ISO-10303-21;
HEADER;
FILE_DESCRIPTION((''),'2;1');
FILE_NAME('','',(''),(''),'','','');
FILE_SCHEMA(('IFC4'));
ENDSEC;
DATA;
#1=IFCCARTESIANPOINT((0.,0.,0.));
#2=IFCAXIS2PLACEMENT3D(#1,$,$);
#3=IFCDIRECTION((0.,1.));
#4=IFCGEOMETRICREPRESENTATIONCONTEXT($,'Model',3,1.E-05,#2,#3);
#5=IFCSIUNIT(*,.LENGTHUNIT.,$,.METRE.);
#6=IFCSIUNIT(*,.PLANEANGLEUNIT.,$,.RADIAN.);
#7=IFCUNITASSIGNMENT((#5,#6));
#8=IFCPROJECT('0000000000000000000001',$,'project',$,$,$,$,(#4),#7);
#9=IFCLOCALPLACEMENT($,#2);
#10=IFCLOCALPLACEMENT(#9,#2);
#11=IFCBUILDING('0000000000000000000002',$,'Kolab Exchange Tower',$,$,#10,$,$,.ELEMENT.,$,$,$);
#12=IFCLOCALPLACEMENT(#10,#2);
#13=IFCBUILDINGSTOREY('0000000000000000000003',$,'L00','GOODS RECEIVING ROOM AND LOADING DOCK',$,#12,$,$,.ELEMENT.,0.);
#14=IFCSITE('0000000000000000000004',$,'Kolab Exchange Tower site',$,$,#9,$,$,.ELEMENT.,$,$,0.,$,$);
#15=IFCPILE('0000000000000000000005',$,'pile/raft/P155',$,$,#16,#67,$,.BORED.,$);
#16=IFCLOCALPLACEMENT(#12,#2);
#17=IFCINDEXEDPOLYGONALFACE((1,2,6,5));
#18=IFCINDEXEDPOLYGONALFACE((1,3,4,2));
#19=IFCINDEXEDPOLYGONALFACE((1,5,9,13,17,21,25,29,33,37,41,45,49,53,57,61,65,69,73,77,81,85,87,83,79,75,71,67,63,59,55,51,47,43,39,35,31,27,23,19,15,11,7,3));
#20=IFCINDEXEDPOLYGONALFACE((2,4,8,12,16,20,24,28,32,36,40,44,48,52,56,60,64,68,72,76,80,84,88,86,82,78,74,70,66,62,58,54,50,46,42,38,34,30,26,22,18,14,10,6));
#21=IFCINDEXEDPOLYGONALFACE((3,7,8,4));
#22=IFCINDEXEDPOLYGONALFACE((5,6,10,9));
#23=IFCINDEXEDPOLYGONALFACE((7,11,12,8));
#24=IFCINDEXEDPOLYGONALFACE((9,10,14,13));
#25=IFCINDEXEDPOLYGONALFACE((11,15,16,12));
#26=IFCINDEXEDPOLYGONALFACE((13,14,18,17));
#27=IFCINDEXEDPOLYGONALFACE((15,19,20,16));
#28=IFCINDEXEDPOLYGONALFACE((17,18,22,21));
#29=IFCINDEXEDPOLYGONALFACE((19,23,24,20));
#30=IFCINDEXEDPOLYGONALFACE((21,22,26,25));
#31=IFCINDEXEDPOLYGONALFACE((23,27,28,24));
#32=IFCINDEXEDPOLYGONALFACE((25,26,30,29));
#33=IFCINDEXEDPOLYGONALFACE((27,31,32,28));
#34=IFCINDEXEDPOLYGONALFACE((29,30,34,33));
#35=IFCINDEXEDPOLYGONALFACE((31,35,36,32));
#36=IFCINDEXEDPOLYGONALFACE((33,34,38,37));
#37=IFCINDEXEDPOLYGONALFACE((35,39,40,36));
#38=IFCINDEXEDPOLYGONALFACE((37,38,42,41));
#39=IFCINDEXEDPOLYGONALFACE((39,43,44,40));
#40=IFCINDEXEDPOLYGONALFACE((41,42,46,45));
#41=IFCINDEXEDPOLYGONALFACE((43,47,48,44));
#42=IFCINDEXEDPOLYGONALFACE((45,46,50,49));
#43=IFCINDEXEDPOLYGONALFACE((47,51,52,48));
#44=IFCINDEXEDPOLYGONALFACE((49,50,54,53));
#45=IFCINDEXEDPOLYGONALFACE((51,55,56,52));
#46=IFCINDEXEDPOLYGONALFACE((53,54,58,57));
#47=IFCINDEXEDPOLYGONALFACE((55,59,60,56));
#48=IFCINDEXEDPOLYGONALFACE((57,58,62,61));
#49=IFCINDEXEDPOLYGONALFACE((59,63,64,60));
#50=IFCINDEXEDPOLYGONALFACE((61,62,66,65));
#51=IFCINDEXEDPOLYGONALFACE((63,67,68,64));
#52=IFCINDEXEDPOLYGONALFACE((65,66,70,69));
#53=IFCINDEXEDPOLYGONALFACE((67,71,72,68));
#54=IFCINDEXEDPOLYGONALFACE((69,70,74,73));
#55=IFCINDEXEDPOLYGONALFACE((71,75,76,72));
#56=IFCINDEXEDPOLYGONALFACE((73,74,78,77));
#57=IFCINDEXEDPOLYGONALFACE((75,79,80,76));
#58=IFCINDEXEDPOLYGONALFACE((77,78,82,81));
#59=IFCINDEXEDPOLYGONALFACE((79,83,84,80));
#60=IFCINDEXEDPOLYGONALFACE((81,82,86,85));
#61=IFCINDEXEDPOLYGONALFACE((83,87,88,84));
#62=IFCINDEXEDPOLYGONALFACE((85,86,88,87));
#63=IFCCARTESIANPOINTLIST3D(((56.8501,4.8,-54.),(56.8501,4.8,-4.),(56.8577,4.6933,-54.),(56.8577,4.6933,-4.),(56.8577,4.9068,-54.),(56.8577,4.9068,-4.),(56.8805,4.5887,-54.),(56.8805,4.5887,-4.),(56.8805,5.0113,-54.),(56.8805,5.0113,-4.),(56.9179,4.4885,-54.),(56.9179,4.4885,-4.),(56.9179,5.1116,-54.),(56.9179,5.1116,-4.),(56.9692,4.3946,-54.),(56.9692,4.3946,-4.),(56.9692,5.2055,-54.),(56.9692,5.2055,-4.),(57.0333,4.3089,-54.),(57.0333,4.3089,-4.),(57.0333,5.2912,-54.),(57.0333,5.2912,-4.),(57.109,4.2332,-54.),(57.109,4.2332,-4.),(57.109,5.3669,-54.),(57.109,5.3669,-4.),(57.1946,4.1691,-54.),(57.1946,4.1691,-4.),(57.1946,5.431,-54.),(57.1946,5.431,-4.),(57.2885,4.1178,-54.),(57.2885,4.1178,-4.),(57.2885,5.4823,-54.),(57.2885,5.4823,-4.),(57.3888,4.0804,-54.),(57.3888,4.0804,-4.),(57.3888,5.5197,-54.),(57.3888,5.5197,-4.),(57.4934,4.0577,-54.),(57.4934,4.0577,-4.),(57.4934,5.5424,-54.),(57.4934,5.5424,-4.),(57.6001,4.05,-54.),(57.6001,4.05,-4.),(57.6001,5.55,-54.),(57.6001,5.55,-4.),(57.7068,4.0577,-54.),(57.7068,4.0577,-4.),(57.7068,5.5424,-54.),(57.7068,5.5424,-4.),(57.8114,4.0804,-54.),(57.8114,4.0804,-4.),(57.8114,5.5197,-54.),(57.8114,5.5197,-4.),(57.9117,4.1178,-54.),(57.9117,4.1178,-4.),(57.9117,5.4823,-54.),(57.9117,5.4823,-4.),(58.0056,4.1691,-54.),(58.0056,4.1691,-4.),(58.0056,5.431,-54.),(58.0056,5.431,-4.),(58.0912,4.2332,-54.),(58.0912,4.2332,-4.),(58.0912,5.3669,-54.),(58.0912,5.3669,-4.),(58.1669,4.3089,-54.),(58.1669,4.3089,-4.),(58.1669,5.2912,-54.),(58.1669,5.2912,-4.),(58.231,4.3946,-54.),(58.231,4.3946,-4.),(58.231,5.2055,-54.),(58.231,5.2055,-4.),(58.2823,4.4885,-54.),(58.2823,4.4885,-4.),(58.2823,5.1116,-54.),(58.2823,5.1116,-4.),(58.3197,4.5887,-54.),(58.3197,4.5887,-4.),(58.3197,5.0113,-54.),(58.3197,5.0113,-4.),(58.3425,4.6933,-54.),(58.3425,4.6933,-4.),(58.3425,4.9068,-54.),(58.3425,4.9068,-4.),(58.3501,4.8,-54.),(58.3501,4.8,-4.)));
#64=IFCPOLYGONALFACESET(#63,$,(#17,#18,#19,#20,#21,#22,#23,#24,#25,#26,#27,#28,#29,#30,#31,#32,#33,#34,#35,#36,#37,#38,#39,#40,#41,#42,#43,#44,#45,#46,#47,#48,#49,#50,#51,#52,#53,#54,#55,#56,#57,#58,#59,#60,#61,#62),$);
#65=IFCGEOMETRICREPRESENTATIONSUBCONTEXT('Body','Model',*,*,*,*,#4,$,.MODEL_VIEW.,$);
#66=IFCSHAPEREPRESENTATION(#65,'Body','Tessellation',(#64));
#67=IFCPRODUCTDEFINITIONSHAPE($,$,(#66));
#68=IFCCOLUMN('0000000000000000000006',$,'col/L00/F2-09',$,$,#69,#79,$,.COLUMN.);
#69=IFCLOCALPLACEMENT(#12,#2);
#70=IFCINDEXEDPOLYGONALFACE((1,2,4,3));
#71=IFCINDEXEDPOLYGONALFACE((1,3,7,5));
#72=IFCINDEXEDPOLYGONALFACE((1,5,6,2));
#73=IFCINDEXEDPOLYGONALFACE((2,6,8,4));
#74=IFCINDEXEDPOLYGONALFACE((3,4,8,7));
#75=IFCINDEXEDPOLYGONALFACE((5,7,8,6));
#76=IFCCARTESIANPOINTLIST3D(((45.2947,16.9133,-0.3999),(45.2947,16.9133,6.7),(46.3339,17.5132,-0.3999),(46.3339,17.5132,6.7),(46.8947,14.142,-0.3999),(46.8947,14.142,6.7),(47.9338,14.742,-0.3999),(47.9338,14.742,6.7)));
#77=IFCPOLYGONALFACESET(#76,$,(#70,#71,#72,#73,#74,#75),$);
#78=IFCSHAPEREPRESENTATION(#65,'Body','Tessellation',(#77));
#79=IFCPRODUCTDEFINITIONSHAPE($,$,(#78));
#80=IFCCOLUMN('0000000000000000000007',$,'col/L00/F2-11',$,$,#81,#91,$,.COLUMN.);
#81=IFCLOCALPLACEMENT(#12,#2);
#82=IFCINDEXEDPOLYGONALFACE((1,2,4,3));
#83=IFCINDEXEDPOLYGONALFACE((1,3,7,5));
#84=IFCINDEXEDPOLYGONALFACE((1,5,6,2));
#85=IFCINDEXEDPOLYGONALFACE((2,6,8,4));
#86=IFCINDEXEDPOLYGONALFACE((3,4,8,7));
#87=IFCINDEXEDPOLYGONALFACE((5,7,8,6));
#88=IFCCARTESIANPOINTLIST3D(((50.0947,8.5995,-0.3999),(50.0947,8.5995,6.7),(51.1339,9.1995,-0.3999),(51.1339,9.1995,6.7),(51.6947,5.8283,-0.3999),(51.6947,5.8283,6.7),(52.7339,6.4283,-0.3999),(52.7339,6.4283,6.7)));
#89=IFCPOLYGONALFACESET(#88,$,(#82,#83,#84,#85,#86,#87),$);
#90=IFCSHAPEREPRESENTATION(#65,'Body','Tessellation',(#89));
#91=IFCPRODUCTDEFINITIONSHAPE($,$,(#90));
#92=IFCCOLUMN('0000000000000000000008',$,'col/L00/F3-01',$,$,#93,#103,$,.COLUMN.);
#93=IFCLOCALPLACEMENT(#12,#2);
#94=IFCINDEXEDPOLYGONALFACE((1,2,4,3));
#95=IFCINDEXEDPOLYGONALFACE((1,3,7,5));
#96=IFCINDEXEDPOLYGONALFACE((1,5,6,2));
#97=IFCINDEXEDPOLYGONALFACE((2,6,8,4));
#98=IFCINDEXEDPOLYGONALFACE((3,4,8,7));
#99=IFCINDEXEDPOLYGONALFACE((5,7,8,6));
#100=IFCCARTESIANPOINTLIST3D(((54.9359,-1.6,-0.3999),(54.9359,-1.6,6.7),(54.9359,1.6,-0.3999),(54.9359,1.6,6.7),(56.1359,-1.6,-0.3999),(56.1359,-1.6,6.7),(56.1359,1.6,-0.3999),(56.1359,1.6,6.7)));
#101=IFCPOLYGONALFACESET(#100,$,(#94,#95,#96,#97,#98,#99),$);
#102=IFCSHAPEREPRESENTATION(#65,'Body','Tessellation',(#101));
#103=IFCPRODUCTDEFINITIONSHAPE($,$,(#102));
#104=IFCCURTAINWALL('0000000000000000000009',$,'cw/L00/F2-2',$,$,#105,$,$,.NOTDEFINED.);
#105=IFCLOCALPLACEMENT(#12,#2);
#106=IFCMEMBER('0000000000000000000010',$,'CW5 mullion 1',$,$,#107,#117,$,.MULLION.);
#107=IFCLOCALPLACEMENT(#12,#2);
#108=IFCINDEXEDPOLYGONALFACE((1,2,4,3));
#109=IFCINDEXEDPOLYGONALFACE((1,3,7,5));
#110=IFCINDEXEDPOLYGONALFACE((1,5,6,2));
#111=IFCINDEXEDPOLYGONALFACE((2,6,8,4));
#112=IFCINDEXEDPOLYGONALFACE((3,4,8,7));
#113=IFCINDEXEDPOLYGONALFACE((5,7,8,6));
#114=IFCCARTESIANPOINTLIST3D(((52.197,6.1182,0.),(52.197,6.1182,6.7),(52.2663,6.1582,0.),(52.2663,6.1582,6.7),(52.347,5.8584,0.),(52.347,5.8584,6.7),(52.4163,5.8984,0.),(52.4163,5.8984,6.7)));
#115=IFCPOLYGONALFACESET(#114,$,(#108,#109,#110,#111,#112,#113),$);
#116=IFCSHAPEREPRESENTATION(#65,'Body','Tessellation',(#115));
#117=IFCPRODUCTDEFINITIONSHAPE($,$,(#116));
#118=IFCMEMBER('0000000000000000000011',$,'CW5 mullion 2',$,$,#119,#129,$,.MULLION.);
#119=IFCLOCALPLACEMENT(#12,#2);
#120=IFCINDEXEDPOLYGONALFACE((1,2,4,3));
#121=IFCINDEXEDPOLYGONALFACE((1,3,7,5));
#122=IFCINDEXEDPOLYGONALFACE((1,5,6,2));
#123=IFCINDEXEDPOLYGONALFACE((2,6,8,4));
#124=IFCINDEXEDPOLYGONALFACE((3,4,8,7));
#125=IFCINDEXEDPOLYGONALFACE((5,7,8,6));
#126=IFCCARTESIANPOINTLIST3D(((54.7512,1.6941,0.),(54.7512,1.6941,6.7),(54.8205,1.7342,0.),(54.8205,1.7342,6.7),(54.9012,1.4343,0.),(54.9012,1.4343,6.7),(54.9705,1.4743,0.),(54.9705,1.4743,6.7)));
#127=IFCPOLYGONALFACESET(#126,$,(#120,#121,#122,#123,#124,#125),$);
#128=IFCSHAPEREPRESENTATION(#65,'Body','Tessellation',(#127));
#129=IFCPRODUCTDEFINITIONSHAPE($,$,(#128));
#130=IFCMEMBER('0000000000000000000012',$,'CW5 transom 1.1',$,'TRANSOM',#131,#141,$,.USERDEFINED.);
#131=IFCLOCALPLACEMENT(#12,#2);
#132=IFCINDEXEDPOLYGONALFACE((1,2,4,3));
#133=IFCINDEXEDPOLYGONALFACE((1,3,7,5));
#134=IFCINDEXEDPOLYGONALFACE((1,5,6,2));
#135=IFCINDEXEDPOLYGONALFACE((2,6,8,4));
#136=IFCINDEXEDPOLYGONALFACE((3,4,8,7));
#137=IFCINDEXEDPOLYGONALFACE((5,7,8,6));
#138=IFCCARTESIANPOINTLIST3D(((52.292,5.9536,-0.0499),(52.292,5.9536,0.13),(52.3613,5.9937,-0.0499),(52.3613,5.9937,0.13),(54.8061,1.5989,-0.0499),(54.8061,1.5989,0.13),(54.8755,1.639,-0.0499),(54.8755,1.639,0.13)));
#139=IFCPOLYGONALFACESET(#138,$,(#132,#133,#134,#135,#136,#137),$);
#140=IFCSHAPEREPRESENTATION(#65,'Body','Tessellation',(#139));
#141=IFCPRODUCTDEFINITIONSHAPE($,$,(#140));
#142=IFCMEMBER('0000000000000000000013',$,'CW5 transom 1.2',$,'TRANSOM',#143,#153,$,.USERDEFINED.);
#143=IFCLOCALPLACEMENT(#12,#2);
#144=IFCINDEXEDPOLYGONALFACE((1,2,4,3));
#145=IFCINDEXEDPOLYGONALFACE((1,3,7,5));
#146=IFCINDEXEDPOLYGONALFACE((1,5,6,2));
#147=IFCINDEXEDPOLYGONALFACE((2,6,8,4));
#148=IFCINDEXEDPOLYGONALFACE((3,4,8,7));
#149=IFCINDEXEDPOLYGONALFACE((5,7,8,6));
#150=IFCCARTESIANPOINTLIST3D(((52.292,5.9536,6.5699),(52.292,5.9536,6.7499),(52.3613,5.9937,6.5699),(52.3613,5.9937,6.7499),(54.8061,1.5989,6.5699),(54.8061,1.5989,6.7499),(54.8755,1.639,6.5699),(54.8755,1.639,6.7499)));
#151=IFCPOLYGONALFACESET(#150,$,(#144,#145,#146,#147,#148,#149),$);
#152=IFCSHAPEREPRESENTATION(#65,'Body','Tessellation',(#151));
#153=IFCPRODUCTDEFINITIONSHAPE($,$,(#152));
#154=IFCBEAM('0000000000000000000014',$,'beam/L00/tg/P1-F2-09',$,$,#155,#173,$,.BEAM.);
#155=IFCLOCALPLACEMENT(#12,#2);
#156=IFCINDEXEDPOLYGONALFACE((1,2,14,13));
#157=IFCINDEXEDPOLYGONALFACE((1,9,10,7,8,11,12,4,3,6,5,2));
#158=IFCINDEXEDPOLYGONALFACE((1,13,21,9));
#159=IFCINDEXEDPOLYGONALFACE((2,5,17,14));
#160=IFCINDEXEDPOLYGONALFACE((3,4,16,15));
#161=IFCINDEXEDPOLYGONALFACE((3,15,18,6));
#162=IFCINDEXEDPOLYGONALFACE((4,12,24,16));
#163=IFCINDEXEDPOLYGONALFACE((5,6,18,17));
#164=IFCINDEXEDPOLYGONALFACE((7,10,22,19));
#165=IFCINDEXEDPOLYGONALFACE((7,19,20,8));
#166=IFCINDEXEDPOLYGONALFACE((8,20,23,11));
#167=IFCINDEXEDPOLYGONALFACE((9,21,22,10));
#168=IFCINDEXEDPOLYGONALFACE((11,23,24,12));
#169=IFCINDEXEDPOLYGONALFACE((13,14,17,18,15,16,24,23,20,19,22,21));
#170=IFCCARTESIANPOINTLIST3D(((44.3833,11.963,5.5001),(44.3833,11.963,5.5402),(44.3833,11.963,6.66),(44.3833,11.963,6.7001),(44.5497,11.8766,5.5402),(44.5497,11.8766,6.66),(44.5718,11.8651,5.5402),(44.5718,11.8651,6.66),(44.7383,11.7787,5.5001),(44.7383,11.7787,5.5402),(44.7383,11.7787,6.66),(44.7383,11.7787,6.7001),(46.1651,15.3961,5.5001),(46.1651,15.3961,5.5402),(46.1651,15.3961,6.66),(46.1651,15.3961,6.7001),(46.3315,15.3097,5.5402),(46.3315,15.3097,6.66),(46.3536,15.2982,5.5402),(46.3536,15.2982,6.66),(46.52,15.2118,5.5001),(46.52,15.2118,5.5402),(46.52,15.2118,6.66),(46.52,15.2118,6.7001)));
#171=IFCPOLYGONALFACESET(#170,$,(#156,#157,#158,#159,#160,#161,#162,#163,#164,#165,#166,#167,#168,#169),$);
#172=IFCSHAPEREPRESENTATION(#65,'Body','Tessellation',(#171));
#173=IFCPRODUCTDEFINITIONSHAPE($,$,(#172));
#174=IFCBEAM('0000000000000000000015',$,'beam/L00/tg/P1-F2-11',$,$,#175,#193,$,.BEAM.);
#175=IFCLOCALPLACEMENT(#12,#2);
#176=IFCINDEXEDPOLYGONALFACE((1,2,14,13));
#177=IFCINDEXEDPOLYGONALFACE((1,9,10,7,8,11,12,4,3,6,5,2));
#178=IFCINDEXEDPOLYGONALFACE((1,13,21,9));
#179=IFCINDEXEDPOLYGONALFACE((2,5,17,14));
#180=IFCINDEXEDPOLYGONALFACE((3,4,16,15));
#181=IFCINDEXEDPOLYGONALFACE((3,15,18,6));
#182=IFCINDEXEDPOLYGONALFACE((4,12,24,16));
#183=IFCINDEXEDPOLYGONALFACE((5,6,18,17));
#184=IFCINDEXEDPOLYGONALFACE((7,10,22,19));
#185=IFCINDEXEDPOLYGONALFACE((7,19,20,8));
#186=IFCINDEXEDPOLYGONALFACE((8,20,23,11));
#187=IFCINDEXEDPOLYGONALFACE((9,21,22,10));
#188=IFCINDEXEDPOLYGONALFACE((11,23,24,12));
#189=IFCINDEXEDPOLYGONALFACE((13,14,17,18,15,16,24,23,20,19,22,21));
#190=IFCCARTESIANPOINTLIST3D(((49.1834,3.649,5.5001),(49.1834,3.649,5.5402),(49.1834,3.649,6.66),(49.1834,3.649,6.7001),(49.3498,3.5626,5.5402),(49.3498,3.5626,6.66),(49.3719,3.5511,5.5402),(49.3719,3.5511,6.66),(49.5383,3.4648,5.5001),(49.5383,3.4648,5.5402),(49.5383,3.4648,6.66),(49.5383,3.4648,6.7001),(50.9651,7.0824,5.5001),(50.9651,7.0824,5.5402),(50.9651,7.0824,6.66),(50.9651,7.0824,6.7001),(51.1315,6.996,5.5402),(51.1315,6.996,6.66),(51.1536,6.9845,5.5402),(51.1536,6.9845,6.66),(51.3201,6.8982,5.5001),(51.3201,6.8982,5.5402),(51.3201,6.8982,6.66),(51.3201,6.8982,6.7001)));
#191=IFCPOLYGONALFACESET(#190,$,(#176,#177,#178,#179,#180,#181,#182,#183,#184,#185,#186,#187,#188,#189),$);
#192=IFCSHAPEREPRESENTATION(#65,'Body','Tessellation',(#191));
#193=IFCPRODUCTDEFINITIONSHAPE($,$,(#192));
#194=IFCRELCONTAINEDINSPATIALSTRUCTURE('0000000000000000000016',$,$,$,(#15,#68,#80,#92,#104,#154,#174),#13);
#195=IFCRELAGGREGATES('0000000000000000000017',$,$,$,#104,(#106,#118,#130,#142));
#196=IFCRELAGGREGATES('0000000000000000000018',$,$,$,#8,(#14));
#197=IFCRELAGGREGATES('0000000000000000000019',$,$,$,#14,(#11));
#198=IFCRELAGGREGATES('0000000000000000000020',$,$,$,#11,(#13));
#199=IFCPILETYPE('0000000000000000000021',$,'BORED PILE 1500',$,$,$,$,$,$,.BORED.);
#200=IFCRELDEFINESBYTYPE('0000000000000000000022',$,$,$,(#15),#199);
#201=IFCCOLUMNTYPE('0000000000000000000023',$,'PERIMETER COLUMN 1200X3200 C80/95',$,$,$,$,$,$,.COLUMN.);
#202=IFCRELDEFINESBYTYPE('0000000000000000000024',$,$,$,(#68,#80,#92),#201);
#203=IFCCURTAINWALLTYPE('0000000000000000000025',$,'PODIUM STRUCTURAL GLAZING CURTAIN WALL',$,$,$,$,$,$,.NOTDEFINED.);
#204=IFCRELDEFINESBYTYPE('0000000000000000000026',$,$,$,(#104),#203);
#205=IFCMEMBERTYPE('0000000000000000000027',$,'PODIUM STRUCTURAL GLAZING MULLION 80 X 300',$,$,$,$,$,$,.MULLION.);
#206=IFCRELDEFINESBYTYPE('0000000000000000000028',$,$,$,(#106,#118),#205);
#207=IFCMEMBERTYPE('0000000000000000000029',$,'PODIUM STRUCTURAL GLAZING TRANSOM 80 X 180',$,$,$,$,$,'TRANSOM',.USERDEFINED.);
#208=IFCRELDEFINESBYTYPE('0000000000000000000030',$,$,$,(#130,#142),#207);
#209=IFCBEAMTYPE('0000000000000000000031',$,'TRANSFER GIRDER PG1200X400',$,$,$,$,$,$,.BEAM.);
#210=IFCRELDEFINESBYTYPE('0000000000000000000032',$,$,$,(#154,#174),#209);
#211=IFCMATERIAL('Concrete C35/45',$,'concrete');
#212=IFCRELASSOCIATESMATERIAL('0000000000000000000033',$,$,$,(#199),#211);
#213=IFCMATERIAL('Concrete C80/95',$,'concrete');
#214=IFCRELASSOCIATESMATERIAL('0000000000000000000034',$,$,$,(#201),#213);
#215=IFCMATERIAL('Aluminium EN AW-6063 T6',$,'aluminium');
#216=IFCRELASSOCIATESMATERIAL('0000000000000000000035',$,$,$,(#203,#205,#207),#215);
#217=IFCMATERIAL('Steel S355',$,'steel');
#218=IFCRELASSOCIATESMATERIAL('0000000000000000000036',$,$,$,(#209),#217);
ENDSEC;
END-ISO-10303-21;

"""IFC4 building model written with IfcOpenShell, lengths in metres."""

from ifc_helpers import new_model, si_unit, direction, frame, origin, origin_2d, place, context, subcontext, project, spatial, rectangle, circle, i_section, extrude, material, material_profile, profile_set, type_object, element, aggregate, save


model = new_model("IFC4")

# Units and contexts
model_context = context("Model", 3, precision=1e-05, world=origin(), true_north=direction((0.0, 1.0)))
body_context = subcontext(model_context, "Body", "Model", "MODEL_VIEW")
ifc_project = project(units=[si_unit("LENGTHUNIT", "METRE"), si_unit("PLANEANGLEUNIT", "RADIAN")], contexts=[model_context])

# Site, building, storey
site_placement = place(None, origin())
site = spatial("IfcSite", under=ifc_project, at=site_placement, Name="Kolab Exchange Tower site", CompositionType="ELEMENT", RefElevation=0.0)
building_placement = place(site_placement, origin())
building = spatial("IfcBuilding", under=site, at=building_placement, Name="Kolab Exchange Tower", CompositionType="ELEMENT")
storey_placement = place(building_placement, origin())
storey = spatial("IfcBuildingStorey", under=building, at=storey_placement, Name="L00", Description="GOODS RECEIVING ROOM AND LOADING DOCK", CompositionType="ELEMENT", Elevation=0.0)

# Pile
ifc_material_1 = material(Name="Concrete C35/45", Category="concrete")
ifc_material_profile_1 = material_profile(ifc_material_1, circle(Radius=0.75, at=origin_2d()), Name="BP1500")
ifc_profile_set_1 = profile_set([ifc_material_profile_1], Name="Concrete C35/45")
pile_type = type_object("IfcPileType", Name="BORED PILE 1500", PredefinedType="BORED", material=ifc_profile_set_1)
for number, where, z_axis, x_axis, name in (
    (1, (57.6001, 4.8, -4.0), (0.0, 0.0, -1.0), (1.0, 0.0, 0.0), "pile/raft/P155"),
):
    element("IfcPile", number, at=place(storey_placement, frame(where, z_axis=z_axis, x_axis=x_axis)), inside=storey, type_object=pile_type, Name=name, PredefinedType="BORED", context=body_context, shape_type="SweptSolid", body=[
        extrude(circle(Radius=0.75, at=origin_2d()), origin(), (0.0, 0.0, 1.0), 50.0),
    ])

# Columns
ifc_material_2 = material(Name="Concrete C80/95", Category="concrete")
ifc_material_profile_2 = material_profile(ifc_material_2, rectangle(XDim=1.2, YDim=3.2, at=origin_2d()), Name="RC1200X3200")
ifc_profile_set_2 = profile_set([ifc_material_profile_2], Name="Concrete C80/95")
column_type = type_object("IfcColumnType", Name="PERIMETER COLUMN 1200X3200 C80/95", PredefinedType="COLUMN", material=ifc_profile_set_2)
for number, where, z_axis, x_axis, name in (
    (2, (46.6143, 15.8276, -0.3999), (0.0, 0.0, 1.0), (0.866025, 0.5, 0.0), "col/L00/F2-09"),
    (3, (51.4143, 7.5139, -0.3999), (0.0, 0.0, 1.0), (0.866025, 0.5, 0.0), "col/L00/F2-11"),
    (4, (55.5359, 0.0, -0.3999), (0.0, 0.0, 1.0), (1.0, 0.0, 0.0), "col/L00/F3-01"),
):
    element("IfcColumn", number, at=place(storey_placement, frame(where, z_axis=z_axis, x_axis=x_axis)), inside=storey, type_object=column_type, Name=name, PredefinedType="COLUMN", context=body_context, shape_type="SweptSolid", body=[
        extrude(rectangle(XDim=1.2, YDim=3.2, at=origin_2d()), origin(), (0.0, 0.0, 1.0), 7.0999),
    ])

# Curtain wall, members
ifc_material_3 = material(Name="Aluminium EN AW-6063 T6", Category="aluminium")
curtain_wall_type = type_object("IfcCurtainWallType", Name="PODIUM STRUCTURAL GLAZING CURTAIN WALL", PredefinedType="NOTDEFINED", material=ifc_material_3)
curtain_wall_placement = place(storey_placement, origin())
curtain_wall = element("IfcCurtainWall", 5, at=curtain_wall_placement, inside=storey, type_object=curtain_wall_type, Name="cw/L00/F2-2", PredefinedType="NOTDEFINED")
ifc_material_profile_3 = material_profile(ifc_material_3, rectangle(XDim=0.0801, YDim=0.3, at=origin_2d()), Name="RECT 80X300")
ifc_profile_set_3 = profile_set([ifc_material_profile_3], Name="Aluminium EN AW-6063 T6")
member_type_1 = type_object("IfcMemberType", Name="PODIUM STRUCTURAL GLAZING MULLION 80 X 300", PredefinedType="MULLION", material=ifc_profile_set_3)
member_1_placement = place(storey_placement, frame((52.3066, 6.0083, 0.0), z_axis=(0.0, 0.0, 1.0), x_axis=(0.866025, 0.5, 0.0)))
member_1 = element("IfcMember", 6, at=member_1_placement, type_object=member_type_1, Name="CW5 mullion 1", PredefinedType="MULLION", context=body_context, shape_type="SweptSolid", body=[
    extrude(rectangle(XDim=0.0801, YDim=0.3, at=origin_2d()), origin(), (0.0, 0.0, 1.0), 6.7),
])
member_2_placement = place(storey_placement, frame((54.8608, 1.5842, 0.0), z_axis=(0.0, 0.0, 1.0), x_axis=(0.866025, 0.5, 0.0)))
member_2 = element("IfcMember", 7, at=member_2_placement, type_object=member_type_1, Name="CW5 mullion 2", PredefinedType="MULLION", context=body_context, shape_type="SweptSolid", body=[
    extrude(rectangle(XDim=0.0801, YDim=0.3, at=origin_2d()), origin(), (0.0, 0.0, 1.0), 6.7),
])
ifc_material_profile_4 = material_profile(ifc_material_3, rectangle(XDim=0.0801, YDim=0.1799, at=origin_2d()), Name="RECT 80X180")
ifc_profile_set_4 = profile_set([ifc_material_profile_4], Name="Aluminium EN AW-6063 T6")
member_type_2 = type_object("IfcMemberType", Name="PODIUM STRUCTURAL GLAZING TRANSOM 80 X 180", ElementType="TRANSOM", PredefinedType="USERDEFINED", material=ifc_profile_set_4)
member_3_placement = place(storey_placement, frame((52.3267, 5.9736, 0.04), z_axis=(0.499993, -0.86603, 0.0), x_axis=(0.86603, 0.499993, 0.0)))
member_3 = element("IfcMember", 8, at=member_3_placement, type_object=member_type_2, Name="CW5 transom 1.1", ObjectType="TRANSOM", PredefinedType="USERDEFINED", context=body_context, shape_type="SweptSolid", body=[
    extrude(rectangle(XDim=0.0801, YDim=0.1799, at=origin_2d()), origin(), (0.0, 0.0, 1.0), 5.0283),
])
member_4_placement = place(storey_placement, frame((52.3267, 5.9736, 6.6599), z_axis=(0.499993, -0.86603, 0.0), x_axis=(0.86603, 0.499993, 0.0)))
member_4 = element("IfcMember", 9, at=member_4_placement, type_object=member_type_2, Name="CW5 transom 1.2", ObjectType="TRANSOM", PredefinedType="USERDEFINED", context=body_context, shape_type="SweptSolid", body=[
    extrude(rectangle(XDim=0.0801, YDim=0.1799, at=origin_2d()), origin(), (0.0, 0.0, 1.0), 5.0283),
])

# Beams
ifc_material_4 = material(Name="Steel S355", Category="steel")
ifc_material_profile_5 = material_profile(ifc_material_4, i_section(OverallWidth=0.3999, OverallDepth=1.2, WebThickness=0.0249, FlangeThickness=0.04, at=origin_2d()), Name="PG1200X400")
ifc_profile_set_5 = profile_set([ifc_material_profile_5], Name="Steel S355")
beam_type = type_object("IfcBeamType", Name="TRANSFER GIRDER PG1200X400", PredefinedType="BEAM", material=ifc_profile_set_5)
beam_1_placement = place(storey_placement, frame((44.5608, 11.8708, 6.1001), z_axis=(0.460645, 0.887584, 0.0), x_axis=(-0.887584, 0.460645, 0.0)))
element("IfcBeam", 10, at=beam_1_placement, inside=storey, type_object=beam_type, Name="beam/L00/tg/P1-F2-09", PredefinedType="BEAM", context=body_context, shape_type="SweptSolid", body=[
    extrude(i_section(OverallWidth=0.3999, OverallDepth=1.2, WebThickness=0.0249, FlangeThickness=0.04, at=origin_2d()), origin(), (0.0, 0.0, 1.0), 3.8679),
])
beam_2_placement = place(storey_placement, frame((49.3608, 3.5569, 6.1001), z_axis=(0.460619, 0.887598, 0.0), x_axis=(-0.887598, 0.460619, 0.0)))
element("IfcBeam", 11, at=beam_2_placement, inside=storey, type_object=beam_type, Name="beam/L00/tg/P1-F2-11", PredefinedType="BEAM", context=body_context, shape_type="SweptSolid", body=[
    extrude(i_section(OverallWidth=0.3999, OverallDepth=1.2, WebThickness=0.0249, FlangeThickness=0.04, at=origin_2d()), origin(), (0.0, 0.0, 1.0), 3.8682),
])

aggregate(curtain_wall, [member_1, member_2, member_3, member_4])

save(model, "model.ifc")
